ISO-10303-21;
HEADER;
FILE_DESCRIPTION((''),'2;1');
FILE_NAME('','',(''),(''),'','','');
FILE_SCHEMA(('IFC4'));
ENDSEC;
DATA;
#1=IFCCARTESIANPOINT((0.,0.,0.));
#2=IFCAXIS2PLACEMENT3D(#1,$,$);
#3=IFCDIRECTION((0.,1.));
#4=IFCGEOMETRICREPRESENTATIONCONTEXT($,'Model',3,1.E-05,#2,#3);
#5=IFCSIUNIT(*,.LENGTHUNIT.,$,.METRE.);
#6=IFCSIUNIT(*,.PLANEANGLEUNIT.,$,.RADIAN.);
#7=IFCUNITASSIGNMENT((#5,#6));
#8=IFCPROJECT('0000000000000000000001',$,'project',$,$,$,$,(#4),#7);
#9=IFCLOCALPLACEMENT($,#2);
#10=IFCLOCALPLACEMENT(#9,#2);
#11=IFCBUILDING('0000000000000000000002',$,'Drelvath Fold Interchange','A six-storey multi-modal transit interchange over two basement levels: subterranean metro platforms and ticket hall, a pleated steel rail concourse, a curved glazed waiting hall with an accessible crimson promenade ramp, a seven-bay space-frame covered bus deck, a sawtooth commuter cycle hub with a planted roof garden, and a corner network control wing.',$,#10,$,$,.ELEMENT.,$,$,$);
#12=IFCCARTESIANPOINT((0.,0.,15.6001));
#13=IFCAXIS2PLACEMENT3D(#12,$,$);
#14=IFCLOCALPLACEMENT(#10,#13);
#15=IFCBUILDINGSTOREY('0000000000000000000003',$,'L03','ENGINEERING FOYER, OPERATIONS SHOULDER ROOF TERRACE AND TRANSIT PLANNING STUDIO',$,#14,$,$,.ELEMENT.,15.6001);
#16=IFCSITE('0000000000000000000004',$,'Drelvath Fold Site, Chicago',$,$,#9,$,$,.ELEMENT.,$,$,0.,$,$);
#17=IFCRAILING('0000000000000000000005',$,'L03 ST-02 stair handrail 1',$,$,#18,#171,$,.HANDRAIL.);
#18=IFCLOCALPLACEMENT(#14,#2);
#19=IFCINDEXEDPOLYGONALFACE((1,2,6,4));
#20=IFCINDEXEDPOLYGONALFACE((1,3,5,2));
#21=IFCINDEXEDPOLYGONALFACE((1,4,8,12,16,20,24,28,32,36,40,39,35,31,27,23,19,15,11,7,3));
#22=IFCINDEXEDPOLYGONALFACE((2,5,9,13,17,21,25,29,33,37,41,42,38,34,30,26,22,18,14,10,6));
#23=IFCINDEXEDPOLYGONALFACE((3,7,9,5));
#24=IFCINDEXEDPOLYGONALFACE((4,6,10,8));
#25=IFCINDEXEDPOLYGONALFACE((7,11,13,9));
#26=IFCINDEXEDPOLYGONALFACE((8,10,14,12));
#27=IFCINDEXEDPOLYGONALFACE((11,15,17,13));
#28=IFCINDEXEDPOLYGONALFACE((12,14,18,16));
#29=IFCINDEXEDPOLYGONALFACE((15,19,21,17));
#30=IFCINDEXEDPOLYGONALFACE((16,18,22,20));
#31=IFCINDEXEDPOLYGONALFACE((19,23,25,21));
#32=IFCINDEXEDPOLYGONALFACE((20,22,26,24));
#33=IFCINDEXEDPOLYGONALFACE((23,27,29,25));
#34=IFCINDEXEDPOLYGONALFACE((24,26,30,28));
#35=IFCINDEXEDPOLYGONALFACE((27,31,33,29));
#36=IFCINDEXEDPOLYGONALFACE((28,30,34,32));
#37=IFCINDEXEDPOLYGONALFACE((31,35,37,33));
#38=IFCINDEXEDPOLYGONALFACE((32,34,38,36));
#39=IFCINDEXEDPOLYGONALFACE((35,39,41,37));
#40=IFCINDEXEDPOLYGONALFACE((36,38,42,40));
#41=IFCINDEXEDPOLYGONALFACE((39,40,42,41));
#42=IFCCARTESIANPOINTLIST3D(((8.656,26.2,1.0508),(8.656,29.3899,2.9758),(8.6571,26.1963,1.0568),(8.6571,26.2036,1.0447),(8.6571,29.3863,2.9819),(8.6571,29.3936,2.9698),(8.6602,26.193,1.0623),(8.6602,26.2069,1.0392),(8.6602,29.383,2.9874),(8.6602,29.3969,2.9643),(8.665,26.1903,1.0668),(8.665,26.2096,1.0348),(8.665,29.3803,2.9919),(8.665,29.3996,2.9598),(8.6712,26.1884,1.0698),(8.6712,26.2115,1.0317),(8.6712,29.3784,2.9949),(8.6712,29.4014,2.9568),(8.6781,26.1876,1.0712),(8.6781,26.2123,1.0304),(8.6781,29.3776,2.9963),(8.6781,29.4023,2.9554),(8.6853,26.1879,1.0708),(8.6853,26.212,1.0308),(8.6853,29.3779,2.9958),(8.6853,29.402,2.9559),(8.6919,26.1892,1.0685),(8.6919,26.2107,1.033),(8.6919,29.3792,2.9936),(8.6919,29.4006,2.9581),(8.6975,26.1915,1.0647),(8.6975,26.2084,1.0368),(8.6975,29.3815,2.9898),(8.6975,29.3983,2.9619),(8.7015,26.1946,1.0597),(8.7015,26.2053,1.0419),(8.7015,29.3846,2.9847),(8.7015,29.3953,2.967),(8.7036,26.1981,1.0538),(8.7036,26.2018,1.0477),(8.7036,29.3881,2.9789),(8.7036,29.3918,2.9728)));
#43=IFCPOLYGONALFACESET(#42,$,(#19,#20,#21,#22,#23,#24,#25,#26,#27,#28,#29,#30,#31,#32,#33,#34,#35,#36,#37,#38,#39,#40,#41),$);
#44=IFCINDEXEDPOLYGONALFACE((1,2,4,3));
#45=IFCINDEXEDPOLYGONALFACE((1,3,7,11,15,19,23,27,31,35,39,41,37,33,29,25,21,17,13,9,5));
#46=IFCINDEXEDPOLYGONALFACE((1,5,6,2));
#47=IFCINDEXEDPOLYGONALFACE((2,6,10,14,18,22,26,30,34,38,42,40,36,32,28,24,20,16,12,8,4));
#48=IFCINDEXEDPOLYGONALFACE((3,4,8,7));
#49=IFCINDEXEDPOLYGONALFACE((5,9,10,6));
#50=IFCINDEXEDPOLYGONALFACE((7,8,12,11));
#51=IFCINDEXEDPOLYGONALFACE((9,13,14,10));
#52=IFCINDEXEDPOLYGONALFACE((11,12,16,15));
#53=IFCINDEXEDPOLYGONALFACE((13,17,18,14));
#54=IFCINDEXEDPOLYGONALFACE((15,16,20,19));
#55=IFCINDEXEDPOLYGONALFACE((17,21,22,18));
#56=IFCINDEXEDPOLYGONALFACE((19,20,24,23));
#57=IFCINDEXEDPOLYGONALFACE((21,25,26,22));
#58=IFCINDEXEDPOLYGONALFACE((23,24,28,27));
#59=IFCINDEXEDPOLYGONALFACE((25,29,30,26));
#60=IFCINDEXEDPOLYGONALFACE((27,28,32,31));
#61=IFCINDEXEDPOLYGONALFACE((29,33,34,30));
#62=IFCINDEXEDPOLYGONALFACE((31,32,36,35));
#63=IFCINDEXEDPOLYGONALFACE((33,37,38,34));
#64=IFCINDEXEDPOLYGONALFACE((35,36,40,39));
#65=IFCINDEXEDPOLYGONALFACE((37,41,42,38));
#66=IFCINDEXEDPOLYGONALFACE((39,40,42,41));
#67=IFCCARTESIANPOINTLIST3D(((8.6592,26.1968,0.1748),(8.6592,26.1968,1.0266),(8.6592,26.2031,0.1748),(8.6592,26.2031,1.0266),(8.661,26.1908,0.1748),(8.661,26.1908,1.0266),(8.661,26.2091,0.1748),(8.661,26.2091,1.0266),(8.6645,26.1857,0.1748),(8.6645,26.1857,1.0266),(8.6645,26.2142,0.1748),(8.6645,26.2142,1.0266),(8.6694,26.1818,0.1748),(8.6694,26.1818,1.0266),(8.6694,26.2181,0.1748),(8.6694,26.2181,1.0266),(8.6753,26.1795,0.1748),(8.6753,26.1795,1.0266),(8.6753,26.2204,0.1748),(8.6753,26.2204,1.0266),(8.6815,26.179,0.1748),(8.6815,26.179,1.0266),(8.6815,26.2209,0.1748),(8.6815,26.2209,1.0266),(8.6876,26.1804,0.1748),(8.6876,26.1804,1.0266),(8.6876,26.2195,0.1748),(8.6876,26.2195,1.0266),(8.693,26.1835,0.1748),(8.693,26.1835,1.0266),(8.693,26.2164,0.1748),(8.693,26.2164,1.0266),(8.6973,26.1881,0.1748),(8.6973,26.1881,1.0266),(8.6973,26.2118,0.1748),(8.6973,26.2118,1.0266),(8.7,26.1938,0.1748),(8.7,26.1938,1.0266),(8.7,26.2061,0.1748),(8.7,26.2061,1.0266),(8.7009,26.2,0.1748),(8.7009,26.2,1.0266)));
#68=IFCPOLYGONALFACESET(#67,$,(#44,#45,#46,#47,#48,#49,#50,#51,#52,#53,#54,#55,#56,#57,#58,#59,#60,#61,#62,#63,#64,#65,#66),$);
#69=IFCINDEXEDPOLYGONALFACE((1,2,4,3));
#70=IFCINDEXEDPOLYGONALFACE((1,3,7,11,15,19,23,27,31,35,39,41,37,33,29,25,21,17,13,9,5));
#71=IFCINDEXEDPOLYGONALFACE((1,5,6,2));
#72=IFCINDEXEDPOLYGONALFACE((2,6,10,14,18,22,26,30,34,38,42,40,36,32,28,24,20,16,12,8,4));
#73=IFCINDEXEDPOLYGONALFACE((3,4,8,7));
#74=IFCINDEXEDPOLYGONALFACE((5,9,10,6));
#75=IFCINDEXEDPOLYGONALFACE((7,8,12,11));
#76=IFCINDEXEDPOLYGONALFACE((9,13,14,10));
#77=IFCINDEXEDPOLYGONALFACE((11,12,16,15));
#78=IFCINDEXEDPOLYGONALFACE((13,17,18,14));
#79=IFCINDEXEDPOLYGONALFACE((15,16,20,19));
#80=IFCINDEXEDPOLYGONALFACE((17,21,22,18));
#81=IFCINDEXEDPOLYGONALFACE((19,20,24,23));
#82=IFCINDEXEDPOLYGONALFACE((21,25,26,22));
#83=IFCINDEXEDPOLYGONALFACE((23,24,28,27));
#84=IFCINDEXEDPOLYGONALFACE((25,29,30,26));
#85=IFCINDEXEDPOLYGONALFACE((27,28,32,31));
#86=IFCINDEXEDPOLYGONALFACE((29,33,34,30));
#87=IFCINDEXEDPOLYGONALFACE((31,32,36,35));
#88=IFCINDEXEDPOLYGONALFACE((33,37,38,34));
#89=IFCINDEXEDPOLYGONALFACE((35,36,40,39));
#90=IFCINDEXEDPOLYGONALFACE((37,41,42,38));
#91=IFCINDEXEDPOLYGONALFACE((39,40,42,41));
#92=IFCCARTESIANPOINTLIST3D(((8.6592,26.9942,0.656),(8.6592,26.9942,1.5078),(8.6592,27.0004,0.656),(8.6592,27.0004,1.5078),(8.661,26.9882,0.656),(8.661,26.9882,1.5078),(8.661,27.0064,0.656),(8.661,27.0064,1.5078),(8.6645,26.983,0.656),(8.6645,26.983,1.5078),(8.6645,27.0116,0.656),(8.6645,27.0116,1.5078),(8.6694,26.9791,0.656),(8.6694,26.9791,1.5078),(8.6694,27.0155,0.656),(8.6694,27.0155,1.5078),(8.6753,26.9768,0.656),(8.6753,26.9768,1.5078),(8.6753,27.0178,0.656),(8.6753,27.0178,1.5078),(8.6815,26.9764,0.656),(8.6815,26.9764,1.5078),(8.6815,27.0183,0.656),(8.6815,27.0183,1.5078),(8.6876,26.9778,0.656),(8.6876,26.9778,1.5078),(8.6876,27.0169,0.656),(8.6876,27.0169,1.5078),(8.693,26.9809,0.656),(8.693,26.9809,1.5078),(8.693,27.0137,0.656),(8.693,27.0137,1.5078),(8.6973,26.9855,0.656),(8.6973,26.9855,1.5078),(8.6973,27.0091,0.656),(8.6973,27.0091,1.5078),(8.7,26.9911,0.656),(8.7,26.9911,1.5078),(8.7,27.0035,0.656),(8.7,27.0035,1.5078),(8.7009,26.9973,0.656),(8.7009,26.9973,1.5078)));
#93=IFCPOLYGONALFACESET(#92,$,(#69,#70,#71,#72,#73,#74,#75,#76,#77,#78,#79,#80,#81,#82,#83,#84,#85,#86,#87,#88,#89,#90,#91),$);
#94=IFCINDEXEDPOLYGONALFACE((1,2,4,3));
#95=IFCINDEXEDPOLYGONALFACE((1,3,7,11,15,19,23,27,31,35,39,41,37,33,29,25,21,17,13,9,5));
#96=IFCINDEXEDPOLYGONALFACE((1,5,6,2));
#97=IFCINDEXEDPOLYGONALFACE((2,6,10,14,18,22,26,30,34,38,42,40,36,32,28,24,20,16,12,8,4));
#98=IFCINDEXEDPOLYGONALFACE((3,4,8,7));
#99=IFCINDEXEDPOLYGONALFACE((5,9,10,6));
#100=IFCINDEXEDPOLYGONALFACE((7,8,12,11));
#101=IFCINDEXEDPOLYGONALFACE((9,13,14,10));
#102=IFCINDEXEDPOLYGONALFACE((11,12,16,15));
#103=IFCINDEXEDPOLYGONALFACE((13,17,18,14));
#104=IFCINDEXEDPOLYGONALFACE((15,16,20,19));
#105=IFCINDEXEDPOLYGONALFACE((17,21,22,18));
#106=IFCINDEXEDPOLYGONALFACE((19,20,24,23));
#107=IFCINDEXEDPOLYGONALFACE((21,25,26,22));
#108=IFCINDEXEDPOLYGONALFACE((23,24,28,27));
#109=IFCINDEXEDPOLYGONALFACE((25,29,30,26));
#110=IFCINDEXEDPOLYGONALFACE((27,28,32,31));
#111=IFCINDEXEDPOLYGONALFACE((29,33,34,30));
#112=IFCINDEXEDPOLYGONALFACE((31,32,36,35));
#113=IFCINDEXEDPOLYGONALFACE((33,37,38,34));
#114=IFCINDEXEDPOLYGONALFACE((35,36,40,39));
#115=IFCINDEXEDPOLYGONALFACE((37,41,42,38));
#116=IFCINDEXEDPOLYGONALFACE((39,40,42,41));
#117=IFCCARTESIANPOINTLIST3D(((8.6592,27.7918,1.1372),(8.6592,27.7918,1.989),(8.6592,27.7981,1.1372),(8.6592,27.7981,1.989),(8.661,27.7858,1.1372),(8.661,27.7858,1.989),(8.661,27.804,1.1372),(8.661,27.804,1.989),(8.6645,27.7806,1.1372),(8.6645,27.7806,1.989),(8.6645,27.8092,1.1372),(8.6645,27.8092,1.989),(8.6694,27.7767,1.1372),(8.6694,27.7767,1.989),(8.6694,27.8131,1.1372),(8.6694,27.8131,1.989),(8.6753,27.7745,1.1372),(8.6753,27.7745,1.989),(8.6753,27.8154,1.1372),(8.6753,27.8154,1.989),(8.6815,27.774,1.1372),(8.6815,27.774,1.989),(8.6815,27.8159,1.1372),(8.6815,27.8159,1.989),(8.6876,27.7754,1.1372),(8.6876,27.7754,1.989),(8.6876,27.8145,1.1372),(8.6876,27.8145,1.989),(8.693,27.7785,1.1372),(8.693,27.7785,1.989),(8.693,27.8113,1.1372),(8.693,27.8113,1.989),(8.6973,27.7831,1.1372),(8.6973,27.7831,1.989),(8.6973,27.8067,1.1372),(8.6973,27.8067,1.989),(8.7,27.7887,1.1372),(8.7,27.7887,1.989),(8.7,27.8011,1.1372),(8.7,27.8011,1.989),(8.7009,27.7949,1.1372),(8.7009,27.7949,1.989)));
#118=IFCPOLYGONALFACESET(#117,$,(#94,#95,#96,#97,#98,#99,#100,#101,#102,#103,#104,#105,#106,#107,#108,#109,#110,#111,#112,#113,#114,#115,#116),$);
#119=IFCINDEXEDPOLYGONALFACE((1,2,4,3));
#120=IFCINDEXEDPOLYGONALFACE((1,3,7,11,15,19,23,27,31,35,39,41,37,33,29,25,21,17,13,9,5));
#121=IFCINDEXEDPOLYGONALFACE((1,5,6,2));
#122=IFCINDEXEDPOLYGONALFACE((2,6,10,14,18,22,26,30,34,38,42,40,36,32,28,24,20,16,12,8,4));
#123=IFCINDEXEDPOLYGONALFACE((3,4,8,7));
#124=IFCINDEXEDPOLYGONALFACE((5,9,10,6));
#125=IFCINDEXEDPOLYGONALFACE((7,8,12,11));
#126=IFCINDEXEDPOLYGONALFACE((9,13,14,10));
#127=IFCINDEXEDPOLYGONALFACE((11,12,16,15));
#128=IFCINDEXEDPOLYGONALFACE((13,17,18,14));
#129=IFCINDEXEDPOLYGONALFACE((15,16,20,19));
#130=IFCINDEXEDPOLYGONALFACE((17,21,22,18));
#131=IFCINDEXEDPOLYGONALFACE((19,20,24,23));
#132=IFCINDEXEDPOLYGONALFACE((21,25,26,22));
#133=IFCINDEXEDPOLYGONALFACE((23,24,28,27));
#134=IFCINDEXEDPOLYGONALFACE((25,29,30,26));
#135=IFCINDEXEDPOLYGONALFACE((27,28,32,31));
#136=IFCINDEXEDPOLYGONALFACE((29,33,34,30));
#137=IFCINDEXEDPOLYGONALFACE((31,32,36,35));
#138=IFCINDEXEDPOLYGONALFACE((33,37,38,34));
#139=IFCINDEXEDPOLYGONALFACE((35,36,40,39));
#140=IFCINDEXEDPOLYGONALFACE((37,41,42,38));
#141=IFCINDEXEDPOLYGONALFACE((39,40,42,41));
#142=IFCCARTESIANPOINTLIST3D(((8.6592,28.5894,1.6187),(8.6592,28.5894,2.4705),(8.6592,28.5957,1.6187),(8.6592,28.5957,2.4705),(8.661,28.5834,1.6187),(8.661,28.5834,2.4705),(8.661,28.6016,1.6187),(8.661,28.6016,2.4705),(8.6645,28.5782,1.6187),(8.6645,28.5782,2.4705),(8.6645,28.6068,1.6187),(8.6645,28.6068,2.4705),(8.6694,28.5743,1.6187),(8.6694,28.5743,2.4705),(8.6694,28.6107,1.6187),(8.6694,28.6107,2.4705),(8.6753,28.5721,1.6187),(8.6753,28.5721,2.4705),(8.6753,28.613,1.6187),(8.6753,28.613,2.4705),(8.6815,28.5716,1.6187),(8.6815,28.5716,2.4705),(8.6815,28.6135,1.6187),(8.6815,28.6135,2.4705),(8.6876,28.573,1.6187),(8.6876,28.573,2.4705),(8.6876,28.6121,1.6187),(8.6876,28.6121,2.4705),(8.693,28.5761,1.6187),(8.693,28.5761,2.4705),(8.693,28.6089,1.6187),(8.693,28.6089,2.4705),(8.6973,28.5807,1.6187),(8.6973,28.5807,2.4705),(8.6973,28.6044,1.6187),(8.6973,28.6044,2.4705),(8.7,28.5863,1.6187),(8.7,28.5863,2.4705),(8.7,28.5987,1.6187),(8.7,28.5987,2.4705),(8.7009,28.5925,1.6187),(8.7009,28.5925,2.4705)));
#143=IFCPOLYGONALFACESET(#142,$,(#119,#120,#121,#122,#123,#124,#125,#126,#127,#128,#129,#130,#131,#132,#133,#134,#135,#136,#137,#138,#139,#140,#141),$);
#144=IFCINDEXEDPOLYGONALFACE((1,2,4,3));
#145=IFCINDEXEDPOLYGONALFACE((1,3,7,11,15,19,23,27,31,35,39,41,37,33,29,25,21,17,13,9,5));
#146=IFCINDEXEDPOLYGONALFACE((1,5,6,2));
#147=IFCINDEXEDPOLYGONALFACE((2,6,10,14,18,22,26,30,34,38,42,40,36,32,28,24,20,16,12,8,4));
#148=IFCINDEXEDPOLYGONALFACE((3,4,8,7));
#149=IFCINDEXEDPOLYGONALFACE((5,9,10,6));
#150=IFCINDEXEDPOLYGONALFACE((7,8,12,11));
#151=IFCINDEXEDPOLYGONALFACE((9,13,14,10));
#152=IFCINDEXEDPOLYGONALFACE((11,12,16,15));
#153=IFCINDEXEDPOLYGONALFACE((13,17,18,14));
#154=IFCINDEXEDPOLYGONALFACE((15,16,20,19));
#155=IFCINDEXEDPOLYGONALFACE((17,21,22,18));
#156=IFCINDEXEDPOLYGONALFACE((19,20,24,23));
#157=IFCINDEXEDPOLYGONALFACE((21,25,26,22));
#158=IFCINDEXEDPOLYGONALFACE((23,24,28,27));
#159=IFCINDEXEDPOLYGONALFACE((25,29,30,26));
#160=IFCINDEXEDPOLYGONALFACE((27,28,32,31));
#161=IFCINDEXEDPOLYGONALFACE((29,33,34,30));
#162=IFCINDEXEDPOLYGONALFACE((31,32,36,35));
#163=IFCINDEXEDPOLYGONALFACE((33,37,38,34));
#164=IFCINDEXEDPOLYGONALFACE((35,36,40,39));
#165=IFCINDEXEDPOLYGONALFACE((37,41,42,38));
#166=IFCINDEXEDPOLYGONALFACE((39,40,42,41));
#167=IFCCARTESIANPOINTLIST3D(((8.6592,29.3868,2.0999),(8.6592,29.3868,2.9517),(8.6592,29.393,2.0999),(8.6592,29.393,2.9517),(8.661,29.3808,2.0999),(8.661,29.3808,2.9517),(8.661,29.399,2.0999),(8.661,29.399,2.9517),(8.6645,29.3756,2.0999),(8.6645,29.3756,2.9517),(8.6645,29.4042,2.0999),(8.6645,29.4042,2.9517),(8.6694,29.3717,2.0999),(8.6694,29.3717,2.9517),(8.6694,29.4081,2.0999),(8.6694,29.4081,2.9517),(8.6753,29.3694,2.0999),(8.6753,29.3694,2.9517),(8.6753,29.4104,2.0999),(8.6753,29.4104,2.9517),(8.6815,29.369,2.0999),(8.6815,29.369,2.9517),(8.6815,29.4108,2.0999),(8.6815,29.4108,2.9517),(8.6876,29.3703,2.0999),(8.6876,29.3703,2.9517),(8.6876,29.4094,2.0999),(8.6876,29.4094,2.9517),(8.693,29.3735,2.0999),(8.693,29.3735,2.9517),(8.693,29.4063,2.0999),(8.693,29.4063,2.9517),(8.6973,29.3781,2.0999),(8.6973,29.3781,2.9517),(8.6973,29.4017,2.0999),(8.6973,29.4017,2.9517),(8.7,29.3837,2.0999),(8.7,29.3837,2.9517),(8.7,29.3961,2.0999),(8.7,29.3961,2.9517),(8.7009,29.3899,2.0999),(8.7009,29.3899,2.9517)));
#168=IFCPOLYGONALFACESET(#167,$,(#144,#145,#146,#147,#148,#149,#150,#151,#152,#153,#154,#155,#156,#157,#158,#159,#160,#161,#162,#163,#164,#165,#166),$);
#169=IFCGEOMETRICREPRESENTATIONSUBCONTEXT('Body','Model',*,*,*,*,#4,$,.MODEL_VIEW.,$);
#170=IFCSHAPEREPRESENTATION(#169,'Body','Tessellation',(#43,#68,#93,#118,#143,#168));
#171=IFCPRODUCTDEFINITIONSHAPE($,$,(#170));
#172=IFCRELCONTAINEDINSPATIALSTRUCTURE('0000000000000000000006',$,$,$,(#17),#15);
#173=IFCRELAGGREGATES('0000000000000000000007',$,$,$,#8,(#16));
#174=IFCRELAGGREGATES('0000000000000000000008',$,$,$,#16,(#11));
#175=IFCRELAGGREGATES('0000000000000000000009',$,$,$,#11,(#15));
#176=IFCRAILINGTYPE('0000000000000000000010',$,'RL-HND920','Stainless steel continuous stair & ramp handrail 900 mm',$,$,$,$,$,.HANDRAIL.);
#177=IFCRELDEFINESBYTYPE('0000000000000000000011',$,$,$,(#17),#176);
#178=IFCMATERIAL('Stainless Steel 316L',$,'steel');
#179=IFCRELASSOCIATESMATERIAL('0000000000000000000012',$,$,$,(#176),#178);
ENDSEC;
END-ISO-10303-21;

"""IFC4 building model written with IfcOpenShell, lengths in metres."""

from ifc_helpers import new_model, si_unit, direction, frame, origin, origin_2d, place, context, subcontext, project, spatial, circle, extrude, material, type_object, element, save


model = new_model("IFC4")

# Units and contexts
model_context = context("Model", 3, precision=1e-05, world=origin(), true_north=direction((0.0, 1.0)))
body_context = subcontext(model_context, "Body", "Model", "MODEL_VIEW")
ifc_project = project(units=[si_unit("LENGTHUNIT", "METRE"), si_unit("PLANEANGLEUNIT", "RADIAN")], contexts=[model_context])

# Site, building, storey
site_placement = place(None, origin())
site = spatial("IfcSite", under=ifc_project, at=site_placement, Name="Drelvath Fold Site, Chicago", CompositionType="ELEMENT", RefElevation=0.0)
building_placement = place(site_placement, origin())
building = spatial("IfcBuilding", under=site, at=building_placement, Name="Drelvath Fold Interchange", Description="A six-storey multi-modal transit interchange over two basement levels: subterranean metro platforms and ticket hall, a pleated steel rail concourse, a curved glazed waiting hall with an accessible crimson promenade ramp, a seven-bay space-frame covered bus deck, a sawtooth commuter cycle hub with a planted roof garden, and a corner network control wing.", CompositionType="ELEMENT")
storey_placement = place(building_placement, frame((0.0, 0.0, 15.6001)))
storey = spatial("IfcBuildingStorey", under=building, at=storey_placement, Name="L03", Description="ENGINEERING FOYER, OPERATIONS SHOULDER ROOF TERRACE AND TRANSIT PLANNING STUDIO", CompositionType="ELEMENT", Elevation=15.6001)

# Railing
ifc_material_1 = material(Name="Stainless Steel 316L", Category="steel")
railing_type_1 = type_object("IfcRailingType", Name="RL-HND920", Description="Stainless steel continuous stair & ramp handrail 900 mm", PredefinedType="HANDRAIL", material=ifc_material_1)
railing_1_placement = place(storey_placement, frame((8.6799, 26.2, 0.1748)))
element("IfcRailing", 1, at=railing_1_placement, inside=storey, type_object=railing_type_1, Name="L03 ST-02 stair handrail 1", PredefinedType="HANDRAIL", context=body_context, shape_type="SweptSolid", body=[
    extrude(circle(Radius=0.0239, at=origin_2d()), frame((0.0, 0.0, 0.876), z_axis=(0.0, 0.856178, 0.516682), x_axis=(-1.0, 0.0, 0.0)), (0.0, 0.0, 1.0), 3.7258),
    extrude(circle(Radius=0.021, at=origin_2d()), origin(), (0.0, 0.0, 1.0), 0.8518),
    extrude(circle(Radius=0.021, at=origin_2d()), frame((0.0, 0.7974, 0.4812)), (0.0, 0.0, 1.0), 0.8518),
    extrude(circle(Radius=0.021, at=origin_2d()), frame((0.0, 1.595, 0.9624)), (0.0, 0.0, 1.0), 0.8518),
    extrude(circle(Radius=0.021, at=origin_2d()), frame((0.0, 2.3926, 1.4438)), (0.0, 0.0, 1.0), 0.8518),
    extrude(circle(Radius=0.021, at=origin_2d()), frame((0.0, 3.1899, 1.925)), (0.0, 0.0, 1.0), 0.8518),
])

save(model, "model.ifc")
